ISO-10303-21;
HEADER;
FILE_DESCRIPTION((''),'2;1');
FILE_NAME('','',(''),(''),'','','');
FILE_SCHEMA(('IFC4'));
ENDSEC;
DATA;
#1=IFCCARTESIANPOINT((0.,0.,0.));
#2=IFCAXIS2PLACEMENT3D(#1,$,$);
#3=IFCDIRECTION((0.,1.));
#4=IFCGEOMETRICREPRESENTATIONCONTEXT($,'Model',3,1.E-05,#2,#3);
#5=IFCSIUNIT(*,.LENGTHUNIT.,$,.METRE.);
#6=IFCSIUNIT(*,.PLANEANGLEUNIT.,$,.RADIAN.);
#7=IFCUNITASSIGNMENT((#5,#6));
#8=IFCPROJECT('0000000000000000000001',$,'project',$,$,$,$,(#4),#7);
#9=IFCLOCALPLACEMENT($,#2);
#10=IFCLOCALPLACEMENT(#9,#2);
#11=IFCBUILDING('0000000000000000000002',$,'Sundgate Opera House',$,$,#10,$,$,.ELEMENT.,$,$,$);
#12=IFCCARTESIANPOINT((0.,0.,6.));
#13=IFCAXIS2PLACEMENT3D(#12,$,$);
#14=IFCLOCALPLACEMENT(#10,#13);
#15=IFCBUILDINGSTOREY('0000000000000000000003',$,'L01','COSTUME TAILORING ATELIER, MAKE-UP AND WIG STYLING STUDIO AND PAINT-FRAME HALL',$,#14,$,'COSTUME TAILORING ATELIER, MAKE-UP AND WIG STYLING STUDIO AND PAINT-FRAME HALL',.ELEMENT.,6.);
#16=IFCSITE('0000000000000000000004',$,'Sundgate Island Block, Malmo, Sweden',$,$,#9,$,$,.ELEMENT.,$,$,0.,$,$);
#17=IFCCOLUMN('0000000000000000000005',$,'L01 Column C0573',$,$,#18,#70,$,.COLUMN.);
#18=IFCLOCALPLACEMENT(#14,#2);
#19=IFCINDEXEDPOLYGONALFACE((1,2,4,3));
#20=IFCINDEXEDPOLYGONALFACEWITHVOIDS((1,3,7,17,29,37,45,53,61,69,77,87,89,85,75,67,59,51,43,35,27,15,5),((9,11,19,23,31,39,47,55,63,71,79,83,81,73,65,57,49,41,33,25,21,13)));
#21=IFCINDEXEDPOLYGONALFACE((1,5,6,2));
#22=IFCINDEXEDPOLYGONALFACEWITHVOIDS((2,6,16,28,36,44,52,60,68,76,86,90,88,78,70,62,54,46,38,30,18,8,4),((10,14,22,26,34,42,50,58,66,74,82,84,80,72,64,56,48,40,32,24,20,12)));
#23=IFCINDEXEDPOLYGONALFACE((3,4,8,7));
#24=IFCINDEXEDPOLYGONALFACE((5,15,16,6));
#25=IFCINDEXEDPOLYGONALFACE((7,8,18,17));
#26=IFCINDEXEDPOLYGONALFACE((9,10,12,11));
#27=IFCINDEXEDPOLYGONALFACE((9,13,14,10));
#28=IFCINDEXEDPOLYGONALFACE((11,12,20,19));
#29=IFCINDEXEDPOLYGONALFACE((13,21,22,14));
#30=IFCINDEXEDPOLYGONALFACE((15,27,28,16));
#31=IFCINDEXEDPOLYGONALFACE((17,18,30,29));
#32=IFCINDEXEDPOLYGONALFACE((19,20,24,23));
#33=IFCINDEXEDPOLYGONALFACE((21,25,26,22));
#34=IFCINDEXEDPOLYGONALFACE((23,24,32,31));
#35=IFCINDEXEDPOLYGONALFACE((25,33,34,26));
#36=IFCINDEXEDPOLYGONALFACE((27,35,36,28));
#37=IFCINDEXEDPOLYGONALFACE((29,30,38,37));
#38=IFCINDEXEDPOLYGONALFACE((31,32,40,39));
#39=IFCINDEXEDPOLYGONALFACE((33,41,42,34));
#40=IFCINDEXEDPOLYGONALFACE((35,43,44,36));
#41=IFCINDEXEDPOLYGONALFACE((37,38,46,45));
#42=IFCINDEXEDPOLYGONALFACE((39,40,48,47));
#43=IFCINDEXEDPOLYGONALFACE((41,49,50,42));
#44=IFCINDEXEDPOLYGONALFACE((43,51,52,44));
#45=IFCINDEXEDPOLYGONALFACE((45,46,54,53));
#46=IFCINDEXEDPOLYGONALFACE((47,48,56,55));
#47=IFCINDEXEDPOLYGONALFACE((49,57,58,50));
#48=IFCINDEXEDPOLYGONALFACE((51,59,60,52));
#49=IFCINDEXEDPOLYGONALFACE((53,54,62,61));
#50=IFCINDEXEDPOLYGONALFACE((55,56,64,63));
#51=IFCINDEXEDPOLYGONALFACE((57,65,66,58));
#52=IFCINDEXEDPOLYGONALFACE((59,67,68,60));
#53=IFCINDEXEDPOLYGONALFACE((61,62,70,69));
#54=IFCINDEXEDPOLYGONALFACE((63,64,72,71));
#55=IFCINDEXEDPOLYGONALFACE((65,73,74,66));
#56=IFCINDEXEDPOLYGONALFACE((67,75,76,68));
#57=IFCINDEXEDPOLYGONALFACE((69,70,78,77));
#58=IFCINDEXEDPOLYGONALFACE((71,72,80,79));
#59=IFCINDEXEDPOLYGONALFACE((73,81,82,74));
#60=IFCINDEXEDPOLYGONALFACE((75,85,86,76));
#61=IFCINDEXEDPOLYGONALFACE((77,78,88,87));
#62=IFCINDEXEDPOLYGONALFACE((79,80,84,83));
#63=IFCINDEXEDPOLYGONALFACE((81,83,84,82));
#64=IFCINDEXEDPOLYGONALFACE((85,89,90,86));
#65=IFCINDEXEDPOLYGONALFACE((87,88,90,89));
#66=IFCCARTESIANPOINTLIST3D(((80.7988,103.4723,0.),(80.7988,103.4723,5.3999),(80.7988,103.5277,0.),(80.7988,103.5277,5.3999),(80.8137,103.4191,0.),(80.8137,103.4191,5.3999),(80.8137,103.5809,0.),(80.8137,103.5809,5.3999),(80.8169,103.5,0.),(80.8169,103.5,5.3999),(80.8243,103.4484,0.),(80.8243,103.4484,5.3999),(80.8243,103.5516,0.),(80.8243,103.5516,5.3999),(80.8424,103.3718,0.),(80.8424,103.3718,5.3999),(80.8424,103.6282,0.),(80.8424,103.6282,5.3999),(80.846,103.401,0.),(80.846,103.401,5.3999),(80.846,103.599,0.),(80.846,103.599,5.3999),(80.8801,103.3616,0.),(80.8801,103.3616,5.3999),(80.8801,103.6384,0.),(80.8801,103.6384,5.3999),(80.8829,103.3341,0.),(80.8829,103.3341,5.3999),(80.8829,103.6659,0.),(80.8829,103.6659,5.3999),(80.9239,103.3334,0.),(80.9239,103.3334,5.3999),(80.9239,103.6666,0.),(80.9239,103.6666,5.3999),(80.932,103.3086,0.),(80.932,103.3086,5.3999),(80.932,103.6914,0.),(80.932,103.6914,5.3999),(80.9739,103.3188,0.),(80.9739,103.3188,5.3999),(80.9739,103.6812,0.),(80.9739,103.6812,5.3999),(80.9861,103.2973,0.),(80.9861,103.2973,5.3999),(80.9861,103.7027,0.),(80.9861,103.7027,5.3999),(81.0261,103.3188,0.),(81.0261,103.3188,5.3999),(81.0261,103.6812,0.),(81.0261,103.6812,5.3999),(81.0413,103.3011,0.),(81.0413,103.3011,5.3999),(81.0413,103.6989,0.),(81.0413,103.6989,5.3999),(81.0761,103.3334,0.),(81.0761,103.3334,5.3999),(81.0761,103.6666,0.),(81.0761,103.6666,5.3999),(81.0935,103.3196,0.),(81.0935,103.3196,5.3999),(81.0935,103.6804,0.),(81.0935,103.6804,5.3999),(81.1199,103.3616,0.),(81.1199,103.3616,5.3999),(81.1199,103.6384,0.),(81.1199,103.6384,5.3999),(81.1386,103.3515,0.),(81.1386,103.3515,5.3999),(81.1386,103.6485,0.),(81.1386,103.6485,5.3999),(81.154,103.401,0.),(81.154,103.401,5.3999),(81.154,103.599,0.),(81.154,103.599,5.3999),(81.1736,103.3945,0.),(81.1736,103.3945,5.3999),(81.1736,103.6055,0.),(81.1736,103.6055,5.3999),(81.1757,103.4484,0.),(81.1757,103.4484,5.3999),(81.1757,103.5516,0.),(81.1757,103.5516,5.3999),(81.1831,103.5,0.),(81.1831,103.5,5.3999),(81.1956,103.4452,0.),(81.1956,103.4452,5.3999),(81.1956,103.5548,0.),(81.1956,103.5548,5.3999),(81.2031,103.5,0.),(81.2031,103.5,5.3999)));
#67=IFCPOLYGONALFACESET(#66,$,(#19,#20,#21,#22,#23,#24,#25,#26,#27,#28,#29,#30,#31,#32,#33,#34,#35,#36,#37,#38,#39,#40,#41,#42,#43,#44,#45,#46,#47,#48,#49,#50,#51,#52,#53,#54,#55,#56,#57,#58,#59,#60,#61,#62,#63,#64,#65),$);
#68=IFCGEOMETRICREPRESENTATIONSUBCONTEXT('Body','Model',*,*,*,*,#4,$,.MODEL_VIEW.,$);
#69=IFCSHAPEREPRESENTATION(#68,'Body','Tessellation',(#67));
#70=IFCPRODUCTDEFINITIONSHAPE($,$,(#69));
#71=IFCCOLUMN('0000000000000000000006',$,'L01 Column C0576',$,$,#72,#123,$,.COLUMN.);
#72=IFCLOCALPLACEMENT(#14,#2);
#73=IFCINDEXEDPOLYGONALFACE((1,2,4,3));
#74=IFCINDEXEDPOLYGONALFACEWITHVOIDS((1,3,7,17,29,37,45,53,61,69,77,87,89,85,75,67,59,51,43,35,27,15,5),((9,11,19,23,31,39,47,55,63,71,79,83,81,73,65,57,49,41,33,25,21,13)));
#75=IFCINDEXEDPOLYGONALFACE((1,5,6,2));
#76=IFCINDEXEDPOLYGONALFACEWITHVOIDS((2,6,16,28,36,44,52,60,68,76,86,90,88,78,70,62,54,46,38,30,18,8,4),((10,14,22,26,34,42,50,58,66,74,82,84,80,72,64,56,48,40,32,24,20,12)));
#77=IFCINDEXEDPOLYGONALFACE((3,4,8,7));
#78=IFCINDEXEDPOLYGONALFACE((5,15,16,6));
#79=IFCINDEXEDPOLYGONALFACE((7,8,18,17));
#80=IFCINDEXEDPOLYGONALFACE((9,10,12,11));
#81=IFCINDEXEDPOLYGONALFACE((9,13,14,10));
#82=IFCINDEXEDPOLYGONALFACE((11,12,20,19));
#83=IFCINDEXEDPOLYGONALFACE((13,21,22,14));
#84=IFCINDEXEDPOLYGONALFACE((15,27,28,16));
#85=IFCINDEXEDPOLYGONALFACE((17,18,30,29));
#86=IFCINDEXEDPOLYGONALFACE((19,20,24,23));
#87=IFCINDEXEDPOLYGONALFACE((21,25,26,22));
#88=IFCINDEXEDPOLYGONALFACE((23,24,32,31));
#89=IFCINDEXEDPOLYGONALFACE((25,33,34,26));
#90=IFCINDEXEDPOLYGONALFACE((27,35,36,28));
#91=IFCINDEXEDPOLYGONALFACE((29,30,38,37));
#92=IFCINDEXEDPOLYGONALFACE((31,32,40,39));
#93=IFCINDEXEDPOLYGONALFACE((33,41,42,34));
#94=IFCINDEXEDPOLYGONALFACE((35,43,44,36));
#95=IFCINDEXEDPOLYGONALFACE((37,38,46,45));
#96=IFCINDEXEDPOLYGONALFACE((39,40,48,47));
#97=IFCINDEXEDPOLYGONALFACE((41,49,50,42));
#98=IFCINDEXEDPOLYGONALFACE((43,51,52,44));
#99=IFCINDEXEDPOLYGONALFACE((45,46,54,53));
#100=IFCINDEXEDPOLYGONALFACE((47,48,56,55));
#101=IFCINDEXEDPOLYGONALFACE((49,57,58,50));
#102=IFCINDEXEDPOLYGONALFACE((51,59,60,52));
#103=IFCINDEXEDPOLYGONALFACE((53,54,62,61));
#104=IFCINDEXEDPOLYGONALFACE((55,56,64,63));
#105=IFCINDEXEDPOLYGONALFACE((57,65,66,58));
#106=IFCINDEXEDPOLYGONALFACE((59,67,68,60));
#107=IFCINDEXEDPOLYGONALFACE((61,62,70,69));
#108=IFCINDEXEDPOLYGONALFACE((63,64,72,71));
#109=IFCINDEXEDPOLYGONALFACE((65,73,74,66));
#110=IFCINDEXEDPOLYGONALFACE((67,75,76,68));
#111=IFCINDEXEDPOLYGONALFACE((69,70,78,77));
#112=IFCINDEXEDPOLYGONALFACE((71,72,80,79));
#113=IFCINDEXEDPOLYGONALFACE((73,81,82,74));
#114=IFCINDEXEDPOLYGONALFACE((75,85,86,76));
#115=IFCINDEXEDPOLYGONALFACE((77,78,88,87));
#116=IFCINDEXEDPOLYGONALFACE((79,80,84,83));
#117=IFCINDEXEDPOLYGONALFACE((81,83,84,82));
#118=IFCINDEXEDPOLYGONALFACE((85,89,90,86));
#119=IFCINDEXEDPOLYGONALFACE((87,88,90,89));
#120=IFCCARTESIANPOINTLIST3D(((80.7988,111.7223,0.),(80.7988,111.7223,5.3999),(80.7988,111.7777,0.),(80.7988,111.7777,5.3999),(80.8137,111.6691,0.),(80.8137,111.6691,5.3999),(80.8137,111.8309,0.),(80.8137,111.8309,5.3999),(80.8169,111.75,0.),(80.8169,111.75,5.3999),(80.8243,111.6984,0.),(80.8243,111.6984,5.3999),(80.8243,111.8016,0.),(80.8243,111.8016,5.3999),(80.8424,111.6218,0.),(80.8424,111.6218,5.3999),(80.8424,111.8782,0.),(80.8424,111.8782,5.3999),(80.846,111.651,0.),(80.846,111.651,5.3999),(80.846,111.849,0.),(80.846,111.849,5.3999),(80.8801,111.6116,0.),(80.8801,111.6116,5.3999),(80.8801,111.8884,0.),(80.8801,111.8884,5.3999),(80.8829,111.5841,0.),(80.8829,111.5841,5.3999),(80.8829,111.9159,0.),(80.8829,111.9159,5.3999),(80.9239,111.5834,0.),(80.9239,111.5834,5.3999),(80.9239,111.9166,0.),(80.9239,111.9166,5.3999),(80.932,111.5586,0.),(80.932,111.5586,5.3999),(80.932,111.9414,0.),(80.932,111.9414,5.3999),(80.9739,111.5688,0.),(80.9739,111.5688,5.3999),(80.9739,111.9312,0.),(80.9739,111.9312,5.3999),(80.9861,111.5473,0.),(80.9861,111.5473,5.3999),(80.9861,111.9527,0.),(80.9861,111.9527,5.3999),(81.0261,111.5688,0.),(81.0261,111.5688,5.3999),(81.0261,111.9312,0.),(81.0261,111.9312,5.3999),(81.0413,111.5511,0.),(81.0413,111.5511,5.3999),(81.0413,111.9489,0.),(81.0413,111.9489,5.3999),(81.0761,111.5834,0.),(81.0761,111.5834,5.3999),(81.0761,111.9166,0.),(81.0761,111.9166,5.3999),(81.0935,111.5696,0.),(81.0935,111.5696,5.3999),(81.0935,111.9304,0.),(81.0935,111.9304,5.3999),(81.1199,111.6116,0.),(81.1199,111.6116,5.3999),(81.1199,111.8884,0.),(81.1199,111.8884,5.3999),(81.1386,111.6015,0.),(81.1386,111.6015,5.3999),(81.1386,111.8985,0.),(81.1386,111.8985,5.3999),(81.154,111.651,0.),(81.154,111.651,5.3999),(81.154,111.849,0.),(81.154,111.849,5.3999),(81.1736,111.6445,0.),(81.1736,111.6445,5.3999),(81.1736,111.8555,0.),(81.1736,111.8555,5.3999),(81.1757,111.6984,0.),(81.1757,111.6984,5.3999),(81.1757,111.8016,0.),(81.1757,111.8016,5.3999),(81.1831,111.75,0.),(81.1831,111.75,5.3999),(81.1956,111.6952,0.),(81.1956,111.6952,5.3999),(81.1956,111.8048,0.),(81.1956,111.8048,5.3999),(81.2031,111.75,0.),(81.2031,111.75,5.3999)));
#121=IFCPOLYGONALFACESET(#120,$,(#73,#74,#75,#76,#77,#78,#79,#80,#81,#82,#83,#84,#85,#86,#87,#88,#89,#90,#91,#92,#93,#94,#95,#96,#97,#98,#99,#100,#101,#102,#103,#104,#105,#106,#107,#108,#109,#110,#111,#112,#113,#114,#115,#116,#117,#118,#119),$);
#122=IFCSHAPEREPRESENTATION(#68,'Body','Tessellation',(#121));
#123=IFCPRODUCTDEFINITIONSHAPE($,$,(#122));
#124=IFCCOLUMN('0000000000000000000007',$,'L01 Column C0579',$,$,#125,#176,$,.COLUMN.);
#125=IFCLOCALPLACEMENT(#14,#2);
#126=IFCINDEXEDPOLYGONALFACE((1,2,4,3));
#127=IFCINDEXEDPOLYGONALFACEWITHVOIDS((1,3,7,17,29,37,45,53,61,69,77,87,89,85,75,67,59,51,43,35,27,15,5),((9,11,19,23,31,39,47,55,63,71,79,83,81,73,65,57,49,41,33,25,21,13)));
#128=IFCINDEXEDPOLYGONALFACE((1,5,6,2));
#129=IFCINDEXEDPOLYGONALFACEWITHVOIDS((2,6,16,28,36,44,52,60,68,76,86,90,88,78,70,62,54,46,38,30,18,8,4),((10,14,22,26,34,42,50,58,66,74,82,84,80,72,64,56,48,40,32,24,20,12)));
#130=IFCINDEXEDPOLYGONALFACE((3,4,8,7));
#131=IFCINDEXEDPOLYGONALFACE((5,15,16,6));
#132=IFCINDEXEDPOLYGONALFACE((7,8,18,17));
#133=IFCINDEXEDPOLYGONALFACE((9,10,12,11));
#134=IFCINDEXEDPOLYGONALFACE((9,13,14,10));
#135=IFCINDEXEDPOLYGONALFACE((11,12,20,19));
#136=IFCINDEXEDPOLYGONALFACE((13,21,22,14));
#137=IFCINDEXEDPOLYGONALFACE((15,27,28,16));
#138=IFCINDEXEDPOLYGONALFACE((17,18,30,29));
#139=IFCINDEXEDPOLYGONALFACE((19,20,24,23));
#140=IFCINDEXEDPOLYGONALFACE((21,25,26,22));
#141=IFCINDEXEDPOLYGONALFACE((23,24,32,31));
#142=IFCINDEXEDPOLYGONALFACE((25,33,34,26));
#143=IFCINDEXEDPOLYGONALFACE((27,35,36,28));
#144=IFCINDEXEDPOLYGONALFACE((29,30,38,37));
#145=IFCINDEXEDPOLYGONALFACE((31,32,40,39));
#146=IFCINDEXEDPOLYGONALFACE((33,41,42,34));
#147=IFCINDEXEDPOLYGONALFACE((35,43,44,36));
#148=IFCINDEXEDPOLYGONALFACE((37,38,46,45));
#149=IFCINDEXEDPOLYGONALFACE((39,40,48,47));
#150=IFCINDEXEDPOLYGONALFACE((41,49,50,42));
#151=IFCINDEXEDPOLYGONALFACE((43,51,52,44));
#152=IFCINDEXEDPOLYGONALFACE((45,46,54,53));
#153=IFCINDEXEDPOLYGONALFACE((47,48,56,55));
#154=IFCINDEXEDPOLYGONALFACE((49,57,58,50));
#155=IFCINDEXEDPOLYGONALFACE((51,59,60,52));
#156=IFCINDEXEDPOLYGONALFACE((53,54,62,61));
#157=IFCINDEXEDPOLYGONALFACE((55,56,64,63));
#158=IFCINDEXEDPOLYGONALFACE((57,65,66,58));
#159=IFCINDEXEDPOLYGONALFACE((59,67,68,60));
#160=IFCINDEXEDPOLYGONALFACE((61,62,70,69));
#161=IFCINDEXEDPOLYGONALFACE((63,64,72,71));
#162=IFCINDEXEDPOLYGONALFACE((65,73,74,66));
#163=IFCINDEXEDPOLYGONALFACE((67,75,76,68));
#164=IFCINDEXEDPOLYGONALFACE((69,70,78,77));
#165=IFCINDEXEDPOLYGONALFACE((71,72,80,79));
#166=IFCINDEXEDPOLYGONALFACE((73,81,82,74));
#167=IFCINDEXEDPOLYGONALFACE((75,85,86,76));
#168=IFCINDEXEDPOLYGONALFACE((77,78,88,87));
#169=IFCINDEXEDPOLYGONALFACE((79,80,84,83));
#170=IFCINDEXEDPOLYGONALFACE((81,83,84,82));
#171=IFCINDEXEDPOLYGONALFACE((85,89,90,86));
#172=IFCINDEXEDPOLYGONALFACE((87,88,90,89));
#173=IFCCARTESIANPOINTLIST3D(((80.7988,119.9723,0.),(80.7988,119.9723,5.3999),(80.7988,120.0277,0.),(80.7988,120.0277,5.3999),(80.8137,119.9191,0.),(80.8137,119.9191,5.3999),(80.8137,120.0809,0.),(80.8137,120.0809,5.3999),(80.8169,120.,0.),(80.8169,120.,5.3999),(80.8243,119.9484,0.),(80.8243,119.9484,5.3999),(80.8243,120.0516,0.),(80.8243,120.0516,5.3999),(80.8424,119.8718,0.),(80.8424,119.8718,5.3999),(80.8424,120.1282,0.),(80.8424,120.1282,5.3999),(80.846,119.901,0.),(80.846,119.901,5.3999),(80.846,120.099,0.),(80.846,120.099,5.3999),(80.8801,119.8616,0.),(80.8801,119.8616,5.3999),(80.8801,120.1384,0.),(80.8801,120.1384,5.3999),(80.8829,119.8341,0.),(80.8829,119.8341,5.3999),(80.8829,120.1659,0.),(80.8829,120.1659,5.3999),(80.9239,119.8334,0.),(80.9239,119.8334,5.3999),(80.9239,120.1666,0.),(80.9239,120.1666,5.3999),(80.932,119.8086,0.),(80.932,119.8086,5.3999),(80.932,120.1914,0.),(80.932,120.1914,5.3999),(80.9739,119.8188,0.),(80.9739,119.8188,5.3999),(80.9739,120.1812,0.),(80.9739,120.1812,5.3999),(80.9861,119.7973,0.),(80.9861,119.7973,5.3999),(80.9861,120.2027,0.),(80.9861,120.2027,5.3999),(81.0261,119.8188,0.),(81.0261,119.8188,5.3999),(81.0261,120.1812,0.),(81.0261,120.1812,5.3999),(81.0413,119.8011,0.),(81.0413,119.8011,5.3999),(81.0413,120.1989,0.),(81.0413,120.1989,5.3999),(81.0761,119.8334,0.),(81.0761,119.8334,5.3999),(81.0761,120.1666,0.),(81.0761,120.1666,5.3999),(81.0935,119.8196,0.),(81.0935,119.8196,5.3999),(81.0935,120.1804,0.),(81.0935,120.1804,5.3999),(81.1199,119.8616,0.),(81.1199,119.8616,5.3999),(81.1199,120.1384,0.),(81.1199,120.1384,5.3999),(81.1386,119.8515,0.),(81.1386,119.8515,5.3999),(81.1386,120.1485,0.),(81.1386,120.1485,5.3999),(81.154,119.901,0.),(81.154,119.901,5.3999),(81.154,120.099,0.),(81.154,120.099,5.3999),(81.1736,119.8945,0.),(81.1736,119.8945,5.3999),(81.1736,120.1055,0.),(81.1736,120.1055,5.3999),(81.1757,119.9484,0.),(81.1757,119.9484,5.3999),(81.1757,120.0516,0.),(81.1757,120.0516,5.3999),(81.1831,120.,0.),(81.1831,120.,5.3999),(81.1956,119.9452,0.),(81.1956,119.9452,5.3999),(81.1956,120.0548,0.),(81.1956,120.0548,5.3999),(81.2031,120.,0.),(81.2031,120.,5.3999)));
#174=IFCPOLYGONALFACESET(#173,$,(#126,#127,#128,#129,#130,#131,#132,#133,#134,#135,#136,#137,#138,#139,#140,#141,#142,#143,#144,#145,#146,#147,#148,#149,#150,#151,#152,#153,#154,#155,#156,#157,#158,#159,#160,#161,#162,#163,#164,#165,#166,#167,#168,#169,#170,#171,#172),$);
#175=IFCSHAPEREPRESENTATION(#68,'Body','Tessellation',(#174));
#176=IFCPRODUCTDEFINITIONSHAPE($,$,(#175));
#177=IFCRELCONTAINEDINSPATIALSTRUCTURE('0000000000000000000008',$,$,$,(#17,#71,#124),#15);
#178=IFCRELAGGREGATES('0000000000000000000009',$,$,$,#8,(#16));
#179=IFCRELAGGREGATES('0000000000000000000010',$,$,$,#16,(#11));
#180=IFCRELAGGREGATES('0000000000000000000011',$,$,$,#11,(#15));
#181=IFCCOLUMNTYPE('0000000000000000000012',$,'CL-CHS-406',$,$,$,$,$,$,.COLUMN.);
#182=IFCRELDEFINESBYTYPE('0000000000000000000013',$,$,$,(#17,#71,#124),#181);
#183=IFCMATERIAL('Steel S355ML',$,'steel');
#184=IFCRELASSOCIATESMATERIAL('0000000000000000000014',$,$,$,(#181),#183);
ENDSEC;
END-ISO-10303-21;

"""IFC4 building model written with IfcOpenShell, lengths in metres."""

from ifc_helpers import new_model, si_unit, direction, frame, origin, origin_2d, place, context, subcontext, project, spatial, hollow_circle, extrude, material, material_profile, profile_set, type_object, element, save


model = new_model("IFC4")

# Units and contexts
model_context = context("Model", 3, precision=1e-05, world=origin(), true_north=direction((0.0, 1.0)))
body_context = subcontext(model_context, "Body", "Model", "MODEL_VIEW")
ifc_project = project(units=[si_unit("LENGTHUNIT", "METRE"), si_unit("PLANEANGLEUNIT", "RADIAN")], contexts=[model_context])

# Site, building, storey
site_placement = place(None, origin())
site = spatial("IfcSite", under=ifc_project, at=site_placement, Name="Sundgate Island Block, Malmo, Sweden", CompositionType="ELEMENT", RefElevation=0.0)
building_placement = place(site_placement, origin())
building = spatial("IfcBuilding", under=site, at=building_placement, Name="Sundgate Opera House", CompositionType="ELEMENT")
storey_placement = place(building_placement, frame((0.0, 0.0, 6.0)))
storey = spatial("IfcBuildingStorey", under=building, at=storey_placement, Name="L01", Description="COSTUME TAILORING ATELIER, MAKE-UP AND WIG STYLING STUDIO AND PAINT-FRAME HALL", LongName="COSTUME TAILORING ATELIER, MAKE-UP AND WIG STYLING STUDIO AND PAINT-FRAME HALL", CompositionType="ELEMENT", Elevation=6.0)

# Columns
ifc_material_1 = material(Name="Steel S355ML", Category="steel")
ifc_material_profile_1 = material_profile(ifc_material_1, hollow_circle(Radius=0.2031, WallThickness=0.02, at=origin_2d()), Name="CHS 406.4x20.0")
ifc_profile_set_1 = profile_set([ifc_material_profile_1], Name="Steel S355ML")
column_type = type_object("IfcColumnType", Name="CL-CHS-406", PredefinedType="COLUMN", material=ifc_profile_set_1)
for number, where, z_axis, x_axis, name in (
    (1, (81.0, 103.5, 0.0), (0.0, 0.0, 1.0), (1.0, 0.0, 0.0), "L01 Column C0573"),
    (2, (81.0, 111.75, 0.0), (0.0, 0.0, 1.0), (1.0, 0.0, 0.0), "L01 Column C0576"),
    (3, (81.0, 120.0, 0.0), (0.0, 0.0, 1.0), (1.0, 0.0, 0.0), "L01 Column C0579"),
):
    element("IfcColumn", number, at=place(storey_placement, frame(where, z_axis=z_axis, x_axis=x_axis)), inside=storey, type_object=column_type, Name=name, PredefinedType="COLUMN", context=body_context, shape_type="SweptSolid", body=[
        extrude(hollow_circle(Radius=0.2031, WallThickness=0.02, at=origin_2d()), origin(), (0.0, 0.0, 1.0), 5.3999),
    ])

save(model, "model.ifc")
